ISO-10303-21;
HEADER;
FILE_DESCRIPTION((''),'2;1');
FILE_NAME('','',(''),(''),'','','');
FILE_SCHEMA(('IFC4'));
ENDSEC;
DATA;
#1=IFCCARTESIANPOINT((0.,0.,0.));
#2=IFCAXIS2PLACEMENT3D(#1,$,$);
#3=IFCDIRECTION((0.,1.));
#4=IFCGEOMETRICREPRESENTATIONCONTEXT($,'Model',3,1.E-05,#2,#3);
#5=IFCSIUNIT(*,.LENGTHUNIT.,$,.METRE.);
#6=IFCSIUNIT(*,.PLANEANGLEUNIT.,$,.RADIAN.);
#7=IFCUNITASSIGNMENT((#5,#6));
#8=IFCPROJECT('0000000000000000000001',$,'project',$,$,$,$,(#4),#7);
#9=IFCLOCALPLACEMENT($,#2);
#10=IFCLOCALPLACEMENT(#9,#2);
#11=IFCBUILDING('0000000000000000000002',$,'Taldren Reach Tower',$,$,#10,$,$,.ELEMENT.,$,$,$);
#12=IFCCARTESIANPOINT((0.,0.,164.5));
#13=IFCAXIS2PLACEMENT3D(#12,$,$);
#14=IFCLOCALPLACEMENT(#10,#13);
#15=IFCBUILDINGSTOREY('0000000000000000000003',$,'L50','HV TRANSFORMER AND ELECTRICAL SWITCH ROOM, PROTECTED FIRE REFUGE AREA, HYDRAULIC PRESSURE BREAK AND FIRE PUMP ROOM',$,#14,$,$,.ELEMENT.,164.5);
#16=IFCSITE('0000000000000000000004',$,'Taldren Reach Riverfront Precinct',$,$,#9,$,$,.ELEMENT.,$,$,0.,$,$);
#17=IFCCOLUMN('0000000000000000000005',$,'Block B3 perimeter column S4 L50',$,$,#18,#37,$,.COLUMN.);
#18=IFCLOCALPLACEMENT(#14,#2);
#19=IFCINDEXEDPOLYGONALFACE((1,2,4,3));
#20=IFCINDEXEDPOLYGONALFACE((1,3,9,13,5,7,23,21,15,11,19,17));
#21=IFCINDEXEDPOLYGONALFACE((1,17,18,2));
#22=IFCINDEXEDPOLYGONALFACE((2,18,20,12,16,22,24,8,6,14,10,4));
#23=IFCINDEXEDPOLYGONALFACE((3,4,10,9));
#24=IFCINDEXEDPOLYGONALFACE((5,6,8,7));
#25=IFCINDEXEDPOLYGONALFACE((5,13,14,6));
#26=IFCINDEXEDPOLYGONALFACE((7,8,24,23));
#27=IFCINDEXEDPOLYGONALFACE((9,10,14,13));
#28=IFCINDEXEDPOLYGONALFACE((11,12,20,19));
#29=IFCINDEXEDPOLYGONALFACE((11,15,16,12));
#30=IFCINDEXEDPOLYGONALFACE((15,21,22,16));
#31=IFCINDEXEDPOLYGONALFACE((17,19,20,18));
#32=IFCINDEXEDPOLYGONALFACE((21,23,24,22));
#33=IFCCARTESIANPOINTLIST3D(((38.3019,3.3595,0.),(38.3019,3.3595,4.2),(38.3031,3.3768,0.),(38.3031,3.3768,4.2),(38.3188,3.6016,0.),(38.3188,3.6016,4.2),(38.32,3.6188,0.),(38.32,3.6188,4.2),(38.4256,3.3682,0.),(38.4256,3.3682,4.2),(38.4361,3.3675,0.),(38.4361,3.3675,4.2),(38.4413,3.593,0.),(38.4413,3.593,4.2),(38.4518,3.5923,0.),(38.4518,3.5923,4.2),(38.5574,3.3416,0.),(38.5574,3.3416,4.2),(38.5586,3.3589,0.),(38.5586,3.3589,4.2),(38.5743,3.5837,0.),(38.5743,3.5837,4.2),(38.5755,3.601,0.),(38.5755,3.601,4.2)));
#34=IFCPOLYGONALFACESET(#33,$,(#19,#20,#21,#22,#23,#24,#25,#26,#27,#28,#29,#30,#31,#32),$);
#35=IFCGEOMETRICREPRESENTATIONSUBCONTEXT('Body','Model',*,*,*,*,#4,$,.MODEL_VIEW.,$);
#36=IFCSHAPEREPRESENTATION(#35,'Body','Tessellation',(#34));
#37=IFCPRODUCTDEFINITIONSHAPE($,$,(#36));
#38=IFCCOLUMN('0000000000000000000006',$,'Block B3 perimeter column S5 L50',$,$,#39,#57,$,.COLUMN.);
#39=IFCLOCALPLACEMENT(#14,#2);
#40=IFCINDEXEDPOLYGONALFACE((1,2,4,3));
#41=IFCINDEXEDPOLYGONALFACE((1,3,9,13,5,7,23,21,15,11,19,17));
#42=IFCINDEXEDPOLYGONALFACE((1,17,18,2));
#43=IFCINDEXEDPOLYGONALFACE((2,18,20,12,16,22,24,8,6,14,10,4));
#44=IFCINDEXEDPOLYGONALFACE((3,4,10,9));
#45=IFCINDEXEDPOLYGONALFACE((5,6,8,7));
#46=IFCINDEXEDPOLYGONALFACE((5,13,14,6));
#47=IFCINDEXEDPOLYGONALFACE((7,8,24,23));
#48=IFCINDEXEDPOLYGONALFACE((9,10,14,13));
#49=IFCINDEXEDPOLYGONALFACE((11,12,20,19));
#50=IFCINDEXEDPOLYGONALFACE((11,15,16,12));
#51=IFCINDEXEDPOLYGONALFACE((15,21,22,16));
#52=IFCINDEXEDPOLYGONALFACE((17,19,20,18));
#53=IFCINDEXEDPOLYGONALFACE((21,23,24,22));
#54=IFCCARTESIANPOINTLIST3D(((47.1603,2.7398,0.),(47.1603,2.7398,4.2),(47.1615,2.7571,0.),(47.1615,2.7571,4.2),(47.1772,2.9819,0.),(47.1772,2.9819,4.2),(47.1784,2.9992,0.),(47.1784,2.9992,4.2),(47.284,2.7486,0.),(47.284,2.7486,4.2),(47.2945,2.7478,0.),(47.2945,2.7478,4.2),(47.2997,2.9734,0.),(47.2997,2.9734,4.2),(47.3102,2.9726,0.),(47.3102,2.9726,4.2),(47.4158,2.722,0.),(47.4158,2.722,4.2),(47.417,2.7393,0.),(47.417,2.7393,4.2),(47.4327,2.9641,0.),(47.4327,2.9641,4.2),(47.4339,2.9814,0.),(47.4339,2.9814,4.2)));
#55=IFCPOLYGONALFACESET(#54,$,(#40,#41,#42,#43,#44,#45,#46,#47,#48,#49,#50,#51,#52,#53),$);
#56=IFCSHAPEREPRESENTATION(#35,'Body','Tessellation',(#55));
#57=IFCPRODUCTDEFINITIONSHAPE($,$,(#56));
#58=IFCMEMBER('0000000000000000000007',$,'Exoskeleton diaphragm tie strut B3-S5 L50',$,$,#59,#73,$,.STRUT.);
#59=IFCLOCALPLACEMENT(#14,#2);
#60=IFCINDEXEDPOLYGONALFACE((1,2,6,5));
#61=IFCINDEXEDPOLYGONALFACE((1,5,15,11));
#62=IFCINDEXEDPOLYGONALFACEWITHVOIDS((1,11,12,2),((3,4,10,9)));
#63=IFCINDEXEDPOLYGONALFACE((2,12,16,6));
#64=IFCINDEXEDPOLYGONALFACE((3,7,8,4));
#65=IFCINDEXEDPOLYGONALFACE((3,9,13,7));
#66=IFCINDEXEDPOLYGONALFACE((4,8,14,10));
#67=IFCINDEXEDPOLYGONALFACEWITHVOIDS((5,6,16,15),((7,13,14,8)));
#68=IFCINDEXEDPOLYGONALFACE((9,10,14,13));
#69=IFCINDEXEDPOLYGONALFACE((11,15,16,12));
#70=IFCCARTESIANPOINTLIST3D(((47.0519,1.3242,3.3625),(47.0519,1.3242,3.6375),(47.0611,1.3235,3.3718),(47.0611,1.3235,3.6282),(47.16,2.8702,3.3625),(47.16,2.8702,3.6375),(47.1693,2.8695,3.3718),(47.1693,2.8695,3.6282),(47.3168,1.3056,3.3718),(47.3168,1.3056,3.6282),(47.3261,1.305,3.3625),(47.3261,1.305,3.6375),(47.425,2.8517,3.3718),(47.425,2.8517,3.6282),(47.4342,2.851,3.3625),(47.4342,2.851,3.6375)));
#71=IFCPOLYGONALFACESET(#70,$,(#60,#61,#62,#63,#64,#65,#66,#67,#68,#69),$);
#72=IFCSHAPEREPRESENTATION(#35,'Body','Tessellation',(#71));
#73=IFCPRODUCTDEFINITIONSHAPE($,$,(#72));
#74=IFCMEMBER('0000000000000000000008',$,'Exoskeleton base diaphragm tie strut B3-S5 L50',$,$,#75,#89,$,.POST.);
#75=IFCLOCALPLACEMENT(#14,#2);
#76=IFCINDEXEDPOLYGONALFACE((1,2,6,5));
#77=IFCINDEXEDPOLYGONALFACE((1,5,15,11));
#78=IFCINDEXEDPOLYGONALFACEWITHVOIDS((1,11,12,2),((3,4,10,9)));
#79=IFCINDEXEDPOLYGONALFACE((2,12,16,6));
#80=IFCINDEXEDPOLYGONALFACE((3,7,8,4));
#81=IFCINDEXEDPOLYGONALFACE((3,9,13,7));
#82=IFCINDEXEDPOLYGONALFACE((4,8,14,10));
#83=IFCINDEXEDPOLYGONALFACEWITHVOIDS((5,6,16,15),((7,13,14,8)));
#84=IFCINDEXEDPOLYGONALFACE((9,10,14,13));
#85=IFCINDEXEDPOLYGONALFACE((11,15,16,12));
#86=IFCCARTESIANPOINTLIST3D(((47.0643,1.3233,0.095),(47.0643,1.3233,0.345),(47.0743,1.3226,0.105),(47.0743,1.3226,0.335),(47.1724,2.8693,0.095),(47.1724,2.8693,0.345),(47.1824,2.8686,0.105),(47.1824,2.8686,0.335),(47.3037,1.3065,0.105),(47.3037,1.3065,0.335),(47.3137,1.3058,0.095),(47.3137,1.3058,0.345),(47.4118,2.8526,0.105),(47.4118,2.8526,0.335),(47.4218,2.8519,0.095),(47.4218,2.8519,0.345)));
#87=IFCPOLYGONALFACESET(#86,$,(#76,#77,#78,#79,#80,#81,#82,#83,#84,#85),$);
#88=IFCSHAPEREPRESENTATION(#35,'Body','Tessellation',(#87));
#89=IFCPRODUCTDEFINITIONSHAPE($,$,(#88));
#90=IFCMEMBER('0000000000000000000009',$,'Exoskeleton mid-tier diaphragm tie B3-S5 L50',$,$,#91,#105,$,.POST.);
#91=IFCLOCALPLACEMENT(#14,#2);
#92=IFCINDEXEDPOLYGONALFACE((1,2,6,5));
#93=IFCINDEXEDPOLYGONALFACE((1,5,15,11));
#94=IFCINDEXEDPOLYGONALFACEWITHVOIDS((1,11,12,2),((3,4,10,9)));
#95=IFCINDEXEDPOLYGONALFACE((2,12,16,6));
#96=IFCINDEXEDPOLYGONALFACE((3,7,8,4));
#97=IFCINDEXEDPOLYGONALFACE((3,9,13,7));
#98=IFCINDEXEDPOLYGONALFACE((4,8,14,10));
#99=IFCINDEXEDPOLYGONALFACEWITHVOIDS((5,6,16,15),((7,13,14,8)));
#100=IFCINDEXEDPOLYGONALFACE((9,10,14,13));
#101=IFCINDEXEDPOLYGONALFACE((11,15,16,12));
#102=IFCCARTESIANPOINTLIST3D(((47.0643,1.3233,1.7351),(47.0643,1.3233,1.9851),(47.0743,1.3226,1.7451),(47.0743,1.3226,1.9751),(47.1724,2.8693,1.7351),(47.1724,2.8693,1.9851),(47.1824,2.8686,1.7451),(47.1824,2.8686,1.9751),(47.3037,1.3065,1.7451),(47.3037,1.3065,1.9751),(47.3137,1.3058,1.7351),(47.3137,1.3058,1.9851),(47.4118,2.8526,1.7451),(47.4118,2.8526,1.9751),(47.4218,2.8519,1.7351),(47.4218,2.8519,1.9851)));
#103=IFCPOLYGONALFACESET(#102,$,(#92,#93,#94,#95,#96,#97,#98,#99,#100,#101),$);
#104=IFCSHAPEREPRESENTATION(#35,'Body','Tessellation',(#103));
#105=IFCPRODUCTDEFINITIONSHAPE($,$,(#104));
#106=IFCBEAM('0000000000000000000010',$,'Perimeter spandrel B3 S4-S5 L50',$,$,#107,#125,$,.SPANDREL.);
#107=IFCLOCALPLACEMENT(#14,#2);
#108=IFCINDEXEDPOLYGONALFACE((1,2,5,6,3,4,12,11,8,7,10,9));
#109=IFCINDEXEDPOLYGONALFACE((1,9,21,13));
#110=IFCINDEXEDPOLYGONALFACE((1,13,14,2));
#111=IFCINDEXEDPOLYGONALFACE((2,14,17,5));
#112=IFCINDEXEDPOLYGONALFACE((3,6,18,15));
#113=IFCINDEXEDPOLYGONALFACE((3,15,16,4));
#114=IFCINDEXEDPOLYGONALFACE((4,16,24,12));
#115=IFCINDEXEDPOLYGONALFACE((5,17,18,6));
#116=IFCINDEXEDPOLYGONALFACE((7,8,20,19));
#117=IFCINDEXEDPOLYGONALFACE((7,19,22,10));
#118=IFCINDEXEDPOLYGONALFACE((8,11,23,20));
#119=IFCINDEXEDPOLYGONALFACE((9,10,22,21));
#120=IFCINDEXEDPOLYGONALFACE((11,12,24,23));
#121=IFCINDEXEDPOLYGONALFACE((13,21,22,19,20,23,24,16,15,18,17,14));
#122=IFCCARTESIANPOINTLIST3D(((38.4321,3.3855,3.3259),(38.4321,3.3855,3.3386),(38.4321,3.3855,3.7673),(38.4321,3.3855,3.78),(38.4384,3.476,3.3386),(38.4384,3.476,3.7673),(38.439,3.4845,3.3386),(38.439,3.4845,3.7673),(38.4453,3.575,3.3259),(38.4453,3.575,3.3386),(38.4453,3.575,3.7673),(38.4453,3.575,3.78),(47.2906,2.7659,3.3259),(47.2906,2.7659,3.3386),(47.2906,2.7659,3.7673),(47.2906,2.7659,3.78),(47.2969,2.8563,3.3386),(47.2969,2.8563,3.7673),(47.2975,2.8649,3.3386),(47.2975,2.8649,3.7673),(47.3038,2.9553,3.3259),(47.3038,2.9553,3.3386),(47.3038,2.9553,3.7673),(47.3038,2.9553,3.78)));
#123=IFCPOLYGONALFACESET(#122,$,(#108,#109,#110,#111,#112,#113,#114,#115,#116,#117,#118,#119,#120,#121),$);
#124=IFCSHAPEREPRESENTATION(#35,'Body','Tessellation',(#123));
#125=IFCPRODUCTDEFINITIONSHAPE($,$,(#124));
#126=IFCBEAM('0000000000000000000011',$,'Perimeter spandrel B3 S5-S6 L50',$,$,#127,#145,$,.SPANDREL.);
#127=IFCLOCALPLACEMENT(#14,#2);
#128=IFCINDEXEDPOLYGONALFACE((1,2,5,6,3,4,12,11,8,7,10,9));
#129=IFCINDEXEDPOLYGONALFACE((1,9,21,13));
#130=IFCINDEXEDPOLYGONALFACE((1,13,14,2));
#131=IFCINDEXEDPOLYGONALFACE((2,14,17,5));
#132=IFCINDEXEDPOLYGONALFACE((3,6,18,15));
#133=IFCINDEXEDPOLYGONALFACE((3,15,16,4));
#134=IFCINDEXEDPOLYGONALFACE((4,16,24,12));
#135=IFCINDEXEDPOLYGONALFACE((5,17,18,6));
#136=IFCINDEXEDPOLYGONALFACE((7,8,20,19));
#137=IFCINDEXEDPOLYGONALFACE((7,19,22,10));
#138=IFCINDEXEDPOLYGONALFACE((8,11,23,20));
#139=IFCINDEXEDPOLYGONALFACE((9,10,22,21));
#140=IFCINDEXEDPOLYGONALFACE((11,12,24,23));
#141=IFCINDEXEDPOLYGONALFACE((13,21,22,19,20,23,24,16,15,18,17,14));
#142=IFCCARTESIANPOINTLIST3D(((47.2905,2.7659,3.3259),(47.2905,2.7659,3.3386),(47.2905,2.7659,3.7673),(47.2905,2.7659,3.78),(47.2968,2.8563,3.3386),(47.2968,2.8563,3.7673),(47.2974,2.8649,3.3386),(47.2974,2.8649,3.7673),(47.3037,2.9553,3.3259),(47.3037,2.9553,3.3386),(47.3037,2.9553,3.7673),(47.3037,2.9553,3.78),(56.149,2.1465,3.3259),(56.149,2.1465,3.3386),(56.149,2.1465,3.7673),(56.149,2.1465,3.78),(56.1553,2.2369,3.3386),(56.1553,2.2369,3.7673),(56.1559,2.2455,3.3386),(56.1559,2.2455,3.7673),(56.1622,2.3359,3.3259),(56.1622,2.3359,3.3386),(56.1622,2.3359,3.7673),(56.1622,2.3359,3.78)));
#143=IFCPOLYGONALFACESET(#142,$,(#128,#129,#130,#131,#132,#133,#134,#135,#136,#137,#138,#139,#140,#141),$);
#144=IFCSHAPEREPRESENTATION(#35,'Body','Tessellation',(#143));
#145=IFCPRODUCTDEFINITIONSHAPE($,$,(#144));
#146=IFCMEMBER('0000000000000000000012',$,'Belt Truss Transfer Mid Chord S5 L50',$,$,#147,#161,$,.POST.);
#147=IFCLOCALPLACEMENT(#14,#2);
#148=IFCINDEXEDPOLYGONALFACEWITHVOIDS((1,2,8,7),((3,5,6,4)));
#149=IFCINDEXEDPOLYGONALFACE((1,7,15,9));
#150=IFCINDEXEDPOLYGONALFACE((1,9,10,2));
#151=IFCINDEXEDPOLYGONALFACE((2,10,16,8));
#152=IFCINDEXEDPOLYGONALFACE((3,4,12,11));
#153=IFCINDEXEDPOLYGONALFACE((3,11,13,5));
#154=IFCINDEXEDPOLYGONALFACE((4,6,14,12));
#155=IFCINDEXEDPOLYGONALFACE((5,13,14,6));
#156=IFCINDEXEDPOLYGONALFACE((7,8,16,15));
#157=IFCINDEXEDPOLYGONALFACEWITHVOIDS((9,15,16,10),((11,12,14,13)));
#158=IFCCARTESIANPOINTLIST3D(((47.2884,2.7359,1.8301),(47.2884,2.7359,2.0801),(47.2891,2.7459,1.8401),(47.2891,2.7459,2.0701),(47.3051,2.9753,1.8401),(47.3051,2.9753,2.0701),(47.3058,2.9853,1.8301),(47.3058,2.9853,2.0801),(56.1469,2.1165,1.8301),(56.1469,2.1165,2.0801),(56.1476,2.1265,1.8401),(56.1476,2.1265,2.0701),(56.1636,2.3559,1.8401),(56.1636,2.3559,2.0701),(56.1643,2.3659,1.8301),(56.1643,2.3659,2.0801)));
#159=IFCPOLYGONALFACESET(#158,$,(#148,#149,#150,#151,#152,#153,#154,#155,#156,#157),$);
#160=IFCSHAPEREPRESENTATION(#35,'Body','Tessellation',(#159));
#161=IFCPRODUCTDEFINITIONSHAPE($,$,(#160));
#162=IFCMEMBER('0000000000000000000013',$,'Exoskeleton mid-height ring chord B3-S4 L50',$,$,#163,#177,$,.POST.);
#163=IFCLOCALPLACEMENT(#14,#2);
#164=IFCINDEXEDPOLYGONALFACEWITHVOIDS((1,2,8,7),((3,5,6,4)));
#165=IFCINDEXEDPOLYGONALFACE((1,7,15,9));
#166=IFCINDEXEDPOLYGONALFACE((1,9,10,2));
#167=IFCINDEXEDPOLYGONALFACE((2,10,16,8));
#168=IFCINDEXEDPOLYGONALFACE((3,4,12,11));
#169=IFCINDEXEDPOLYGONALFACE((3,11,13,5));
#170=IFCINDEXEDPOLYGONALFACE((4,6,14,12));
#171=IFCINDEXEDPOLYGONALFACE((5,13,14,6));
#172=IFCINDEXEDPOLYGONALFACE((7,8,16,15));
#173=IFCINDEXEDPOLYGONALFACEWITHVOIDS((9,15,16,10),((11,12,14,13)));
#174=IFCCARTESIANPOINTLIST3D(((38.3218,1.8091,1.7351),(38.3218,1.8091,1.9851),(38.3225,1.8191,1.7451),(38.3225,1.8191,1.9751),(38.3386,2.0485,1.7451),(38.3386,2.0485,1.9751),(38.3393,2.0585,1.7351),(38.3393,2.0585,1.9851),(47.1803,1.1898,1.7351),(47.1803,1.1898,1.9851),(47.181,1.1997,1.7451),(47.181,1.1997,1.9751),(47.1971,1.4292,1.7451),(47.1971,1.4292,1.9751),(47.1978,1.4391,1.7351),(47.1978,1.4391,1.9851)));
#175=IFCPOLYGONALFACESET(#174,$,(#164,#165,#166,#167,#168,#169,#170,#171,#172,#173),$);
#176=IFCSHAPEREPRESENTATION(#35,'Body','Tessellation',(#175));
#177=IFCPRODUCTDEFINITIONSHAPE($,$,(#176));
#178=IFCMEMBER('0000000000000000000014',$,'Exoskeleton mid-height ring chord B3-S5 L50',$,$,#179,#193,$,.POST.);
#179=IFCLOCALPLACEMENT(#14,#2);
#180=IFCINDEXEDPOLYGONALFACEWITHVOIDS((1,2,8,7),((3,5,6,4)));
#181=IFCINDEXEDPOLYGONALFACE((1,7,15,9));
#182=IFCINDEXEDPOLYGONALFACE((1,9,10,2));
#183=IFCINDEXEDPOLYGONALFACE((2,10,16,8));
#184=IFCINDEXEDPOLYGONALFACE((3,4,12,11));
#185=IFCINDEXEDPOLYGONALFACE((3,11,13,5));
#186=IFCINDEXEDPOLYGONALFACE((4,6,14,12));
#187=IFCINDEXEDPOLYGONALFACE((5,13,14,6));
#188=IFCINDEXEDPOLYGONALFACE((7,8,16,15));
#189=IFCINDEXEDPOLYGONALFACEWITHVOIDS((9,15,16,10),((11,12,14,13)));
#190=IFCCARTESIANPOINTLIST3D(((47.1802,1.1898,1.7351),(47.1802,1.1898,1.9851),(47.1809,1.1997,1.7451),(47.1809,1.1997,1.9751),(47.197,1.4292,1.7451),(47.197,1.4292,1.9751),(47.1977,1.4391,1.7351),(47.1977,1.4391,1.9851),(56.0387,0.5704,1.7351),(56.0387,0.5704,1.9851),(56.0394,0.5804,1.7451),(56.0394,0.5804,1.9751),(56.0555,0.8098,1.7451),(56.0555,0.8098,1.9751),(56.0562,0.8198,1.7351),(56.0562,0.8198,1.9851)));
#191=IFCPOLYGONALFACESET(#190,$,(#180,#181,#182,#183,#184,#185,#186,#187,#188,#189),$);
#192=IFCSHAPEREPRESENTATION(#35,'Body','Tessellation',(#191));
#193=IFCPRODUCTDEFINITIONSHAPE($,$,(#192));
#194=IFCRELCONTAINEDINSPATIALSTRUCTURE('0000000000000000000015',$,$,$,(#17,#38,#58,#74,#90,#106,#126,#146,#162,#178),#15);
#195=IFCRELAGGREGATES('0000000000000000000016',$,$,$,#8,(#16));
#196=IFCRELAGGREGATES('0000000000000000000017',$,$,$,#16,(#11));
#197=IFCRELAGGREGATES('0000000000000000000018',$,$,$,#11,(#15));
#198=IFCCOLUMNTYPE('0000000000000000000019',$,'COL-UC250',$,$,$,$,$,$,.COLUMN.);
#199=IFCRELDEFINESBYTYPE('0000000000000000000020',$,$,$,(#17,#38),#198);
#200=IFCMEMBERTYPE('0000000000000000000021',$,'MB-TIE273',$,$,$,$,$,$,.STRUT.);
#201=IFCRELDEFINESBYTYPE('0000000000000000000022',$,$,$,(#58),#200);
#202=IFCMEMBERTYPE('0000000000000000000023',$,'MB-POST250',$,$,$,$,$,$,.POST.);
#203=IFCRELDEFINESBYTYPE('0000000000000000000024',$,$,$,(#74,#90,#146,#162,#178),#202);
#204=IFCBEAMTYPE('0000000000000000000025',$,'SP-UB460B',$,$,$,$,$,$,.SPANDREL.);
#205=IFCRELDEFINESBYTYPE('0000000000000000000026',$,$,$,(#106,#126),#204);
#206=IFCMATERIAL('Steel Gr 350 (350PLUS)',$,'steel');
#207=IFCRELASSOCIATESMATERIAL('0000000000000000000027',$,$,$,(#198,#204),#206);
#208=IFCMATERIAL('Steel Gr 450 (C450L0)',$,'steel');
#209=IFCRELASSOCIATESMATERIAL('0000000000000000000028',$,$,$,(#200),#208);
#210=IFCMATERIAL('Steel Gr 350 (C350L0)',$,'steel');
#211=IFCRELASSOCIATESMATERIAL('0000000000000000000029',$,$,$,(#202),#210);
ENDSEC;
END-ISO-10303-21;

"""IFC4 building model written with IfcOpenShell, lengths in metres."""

from ifc_helpers import new_model, si_unit, direction, frame, origin, origin_2d, place, context, subcontext, project, spatial, hollow_rectangle, i_section, extrude, source, transform, mapped, material, material_profile, profile_set, type_object, element, save


model = new_model("IFC4")

# Units and contexts
model_context = context("Model", 3, precision=1e-05, world=origin(), true_north=direction((0.0, 1.0)))
body_context = subcontext(model_context, "Body", "Model", "MODEL_VIEW")
ifc_project = project(units=[si_unit("LENGTHUNIT", "METRE"), si_unit("PLANEANGLEUNIT", "RADIAN")], contexts=[model_context])

# Site, building, storey
site_placement = place(None, origin())
site = spatial("IfcSite", under=ifc_project, at=site_placement, Name="Taldren Reach Riverfront Precinct", CompositionType="ELEMENT", RefElevation=0.0)
building_placement = place(site_placement, origin())
building = spatial("IfcBuilding", under=site, at=building_placement, Name="Taldren Reach Tower", CompositionType="ELEMENT")
storey_placement = place(building_placement, frame((0.0, 0.0, 164.5)))
storey = spatial("IfcBuildingStorey", under=building, at=storey_placement, Name="L50", Description="HV TRANSFORMER AND ELECTRICAL SWITCH ROOM, PROTECTED FIRE REFUGE AREA, HYDRAULIC PRESSURE BREAK AND FIRE PUMP ROOM", CompositionType="ELEMENT", Elevation=164.5)

# Columns
ifc_material_1 = material(Name="Steel Gr 350 (350PLUS)", Category="steel")
ifc_material_profile_1 = material_profile(ifc_material_1, i_section(OverallWidth=0.2561, OverallDepth=0.26, WebThickness=0.0105, FlangeThickness=0.0173, at=origin_2d()), Name="250UC89.5")
ifc_profile_set_1 = profile_set([ifc_material_profile_1], Name="Steel Gr 350 (350PLUS)")
column_type = type_object("IfcColumnType", Name="COL-UC250", PredefinedType="COLUMN", material=ifc_profile_set_1)
shared_shape_1 = source(origin(), body_context, "Body", "SweptSolid", [
    extrude(i_section(OverallWidth=0.2561, OverallDepth=0.26, WebThickness=0.0105, FlangeThickness=0.0173, at=origin_2d()), origin(), (0.0, 0.0, 1.0), 4.2),
])
for number, where, z_axis, x_axis, name in (
    (1, (38.4387, 3.4802, 0.0), (0.0, 0.0, 1.0), (0.997564, -0.069756, 0.0), "Block B3 perimeter column S4 L50"),
    (2, (47.2971, 2.8606, 0.0), (0.0, 0.0, 1.0), (0.997564, -0.069756, 0.0), "Block B3 perimeter column S5 L50"),
):
    element("IfcColumn", number, at=place(storey_placement, frame(where, z_axis=z_axis, x_axis=x_axis)), inside=storey, type_object=column_type, Name=name, PredefinedType="COLUMN", context=body_context, shape_type="MappedRepresentation", body=[
        mapped(shared_shape_1, transform((0.0, 0.0, 0.0), scale=1.0)),
    ])

# Members
ifc_material_2 = material(Name="Steel Gr 450 (C450L0)", Category="steel")
ifc_material_profile_2 = material_profile(ifc_material_2, hollow_rectangle(XDim=0.2749, YDim=0.2749, WallThickness=0.0093, at=origin_2d()), Name="275x275x9.3SHS")
ifc_profile_set_2 = profile_set([ifc_material_profile_2], Name="Steel Gr 450 (C450L0)")
member_type_1 = type_object("IfcMemberType", Name="MB-TIE273", PredefinedType="STRUT", material=ifc_profile_set_2)
shared_shape_2 = source(origin(), body_context, "Body", "SweptSolid", [
    extrude(hollow_rectangle(XDim=0.2749, YDim=0.2749, WallThickness=0.0093, at=origin_2d()), origin(), (0.0, 0.0, 1.0), 1.5498),
])
member_1_placement = place(storey_placement, frame((47.2971, 2.8606, 3.5), z_axis=(-0.069781, -0.997562, 0.0), x_axis=(0.997562, -0.069781, 0.0)))
element("IfcMember", 3, at=member_1_placement, inside=storey, type_object=member_type_1, Name="Exoskeleton diaphragm tie strut B3-S5 L50", PredefinedType="STRUT", context=body_context, shape_type="MappedRepresentation", body=[
    mapped(shared_shape_2, transform((0.0, 0.0, 0.0), scale=1.0)),
])
ifc_material_3 = material(Name="Steel Gr 350 (C350L0)", Category="steel")
ifc_material_profile_3 = material_profile(ifc_material_3, hollow_rectangle(XDim=0.25, YDim=0.25, WallThickness=0.01, at=origin_2d()), Name="250x250x10.0SHS")
ifc_profile_set_3 = profile_set([ifc_material_profile_3], Name="Steel Gr 350 (C350L0)")
member_type_2 = type_object("IfcMemberType", Name="MB-POST250", PredefinedType="POST", material=ifc_profile_set_3)
shared_shape_3 = source(origin(), body_context, "Body", "SweptSolid", [
    extrude(hollow_rectangle(XDim=0.25, YDim=0.25, WallThickness=0.01, at=origin_2d()), origin(), (0.0, 0.0, 1.0), 1.5498),
])
for number, where, z_axis, x_axis, name in (
    (4, (47.2971, 2.8606, 0.22), (-0.069781, -0.997562, 0.0), (0.997562, -0.069781, 0.0), "Exoskeleton base diaphragm tie strut B3-S5 L50"),
    (5, (47.2971, 2.8606, 1.8601), (-0.069781, -0.997562, 0.0), (0.997562, -0.069781, 0.0), "Exoskeleton mid-tier diaphragm tie B3-S5 L50"),
):
    element("IfcMember", number, at=place(storey_placement, frame(where, z_axis=z_axis, x_axis=x_axis)), inside=storey, type_object=member_type_2, Name=name, PredefinedType="POST", context=body_context, shape_type="MappedRepresentation", body=[
        mapped(shared_shape_3, transform((0.0, 0.0, 0.0), scale=1.0)),
    ])

# Beams
ifc_material_profile_4 = material_profile(ifc_material_1, i_section(OverallWidth=0.1899, OverallDepth=0.4541, WebThickness=0.0085, FlangeThickness=0.0127, at=origin_2d()), Name="460UB67.1")
ifc_profile_set_4 = profile_set([ifc_material_profile_4], Name="Steel Gr 350 (350PLUS)")
beam_type_1 = type_object("IfcBeamType", Name="SP-UB460B", PredefinedType="SPANDREL", material=ifc_profile_set_4)
shared_shape_4 = source(origin(), body_context, "Body", "SweptSolid", [
    extrude(i_section(OverallWidth=0.1899, OverallDepth=0.4541, WebThickness=0.0085, FlangeThickness=0.0127, at=origin_2d()), origin(), (0.0, 0.0, 1.0), 8.8801),
])
for number, where, z_axis, x_axis, name in (
    (6, (38.4387, 3.4802, 3.553), (0.997563, -0.069778, 0.0), (0.069778, 0.997563, 0.0), "Perimeter spandrel B3 S4-S5 L50"),
    (7, (47.2971, 2.8606, 3.553), (0.997564, -0.06975, 0.0), (0.06975, 0.997564, 0.0), "Perimeter spandrel B3 S5-S6 L50"),
):
    element("IfcBeam", number, at=place(storey_placement, frame(where, z_axis=z_axis, x_axis=x_axis)), inside=storey, type_object=beam_type_1, Name=name, PredefinedType="SPANDREL", context=body_context, shape_type="MappedRepresentation", body=[
        mapped(shared_shape_4, transform((0.0, 0.0, 0.0), scale=1.0)),
    ])

# Members
shared_shape_5 = source(origin(), body_context, "Body", "SweptSolid", [
    extrude(hollow_rectangle(XDim=0.25, YDim=0.25, WallThickness=0.01, at=origin_2d()), origin(), (0.0, 0.0, 1.0), 8.8801),
])
for number, where, z_axis, x_axis, name in (
    (8, (47.2971, 2.8606, 1.9551), (0.997564, -0.06975, 0.0), (0.06975, 0.997564, 0.0), "Belt Truss Transfer Mid Chord S5 L50"),
    (9, (38.3306, 1.9338, 1.8601), (0.997564, -0.06975, 0.0), (0.06975, 0.997564, 0.0), "Exoskeleton mid-height ring chord B3-S4 L50"),
    (10, (47.189, 1.3145, 1.8601), (0.997564, -0.06975, 0.0), (0.06975, 0.997564, 0.0), "Exoskeleton mid-height ring chord B3-S5 L50"),
):
    element("IfcMember", number, at=place(storey_placement, frame(where, z_axis=z_axis, x_axis=x_axis)), inside=storey, type_object=member_type_2, Name=name, PredefinedType="POST", context=body_context, shape_type="MappedRepresentation", body=[
        mapped(shared_shape_5, transform((0.0, 0.0, 0.0), scale=1.0)),
    ])

save(model, "model.ifc")
